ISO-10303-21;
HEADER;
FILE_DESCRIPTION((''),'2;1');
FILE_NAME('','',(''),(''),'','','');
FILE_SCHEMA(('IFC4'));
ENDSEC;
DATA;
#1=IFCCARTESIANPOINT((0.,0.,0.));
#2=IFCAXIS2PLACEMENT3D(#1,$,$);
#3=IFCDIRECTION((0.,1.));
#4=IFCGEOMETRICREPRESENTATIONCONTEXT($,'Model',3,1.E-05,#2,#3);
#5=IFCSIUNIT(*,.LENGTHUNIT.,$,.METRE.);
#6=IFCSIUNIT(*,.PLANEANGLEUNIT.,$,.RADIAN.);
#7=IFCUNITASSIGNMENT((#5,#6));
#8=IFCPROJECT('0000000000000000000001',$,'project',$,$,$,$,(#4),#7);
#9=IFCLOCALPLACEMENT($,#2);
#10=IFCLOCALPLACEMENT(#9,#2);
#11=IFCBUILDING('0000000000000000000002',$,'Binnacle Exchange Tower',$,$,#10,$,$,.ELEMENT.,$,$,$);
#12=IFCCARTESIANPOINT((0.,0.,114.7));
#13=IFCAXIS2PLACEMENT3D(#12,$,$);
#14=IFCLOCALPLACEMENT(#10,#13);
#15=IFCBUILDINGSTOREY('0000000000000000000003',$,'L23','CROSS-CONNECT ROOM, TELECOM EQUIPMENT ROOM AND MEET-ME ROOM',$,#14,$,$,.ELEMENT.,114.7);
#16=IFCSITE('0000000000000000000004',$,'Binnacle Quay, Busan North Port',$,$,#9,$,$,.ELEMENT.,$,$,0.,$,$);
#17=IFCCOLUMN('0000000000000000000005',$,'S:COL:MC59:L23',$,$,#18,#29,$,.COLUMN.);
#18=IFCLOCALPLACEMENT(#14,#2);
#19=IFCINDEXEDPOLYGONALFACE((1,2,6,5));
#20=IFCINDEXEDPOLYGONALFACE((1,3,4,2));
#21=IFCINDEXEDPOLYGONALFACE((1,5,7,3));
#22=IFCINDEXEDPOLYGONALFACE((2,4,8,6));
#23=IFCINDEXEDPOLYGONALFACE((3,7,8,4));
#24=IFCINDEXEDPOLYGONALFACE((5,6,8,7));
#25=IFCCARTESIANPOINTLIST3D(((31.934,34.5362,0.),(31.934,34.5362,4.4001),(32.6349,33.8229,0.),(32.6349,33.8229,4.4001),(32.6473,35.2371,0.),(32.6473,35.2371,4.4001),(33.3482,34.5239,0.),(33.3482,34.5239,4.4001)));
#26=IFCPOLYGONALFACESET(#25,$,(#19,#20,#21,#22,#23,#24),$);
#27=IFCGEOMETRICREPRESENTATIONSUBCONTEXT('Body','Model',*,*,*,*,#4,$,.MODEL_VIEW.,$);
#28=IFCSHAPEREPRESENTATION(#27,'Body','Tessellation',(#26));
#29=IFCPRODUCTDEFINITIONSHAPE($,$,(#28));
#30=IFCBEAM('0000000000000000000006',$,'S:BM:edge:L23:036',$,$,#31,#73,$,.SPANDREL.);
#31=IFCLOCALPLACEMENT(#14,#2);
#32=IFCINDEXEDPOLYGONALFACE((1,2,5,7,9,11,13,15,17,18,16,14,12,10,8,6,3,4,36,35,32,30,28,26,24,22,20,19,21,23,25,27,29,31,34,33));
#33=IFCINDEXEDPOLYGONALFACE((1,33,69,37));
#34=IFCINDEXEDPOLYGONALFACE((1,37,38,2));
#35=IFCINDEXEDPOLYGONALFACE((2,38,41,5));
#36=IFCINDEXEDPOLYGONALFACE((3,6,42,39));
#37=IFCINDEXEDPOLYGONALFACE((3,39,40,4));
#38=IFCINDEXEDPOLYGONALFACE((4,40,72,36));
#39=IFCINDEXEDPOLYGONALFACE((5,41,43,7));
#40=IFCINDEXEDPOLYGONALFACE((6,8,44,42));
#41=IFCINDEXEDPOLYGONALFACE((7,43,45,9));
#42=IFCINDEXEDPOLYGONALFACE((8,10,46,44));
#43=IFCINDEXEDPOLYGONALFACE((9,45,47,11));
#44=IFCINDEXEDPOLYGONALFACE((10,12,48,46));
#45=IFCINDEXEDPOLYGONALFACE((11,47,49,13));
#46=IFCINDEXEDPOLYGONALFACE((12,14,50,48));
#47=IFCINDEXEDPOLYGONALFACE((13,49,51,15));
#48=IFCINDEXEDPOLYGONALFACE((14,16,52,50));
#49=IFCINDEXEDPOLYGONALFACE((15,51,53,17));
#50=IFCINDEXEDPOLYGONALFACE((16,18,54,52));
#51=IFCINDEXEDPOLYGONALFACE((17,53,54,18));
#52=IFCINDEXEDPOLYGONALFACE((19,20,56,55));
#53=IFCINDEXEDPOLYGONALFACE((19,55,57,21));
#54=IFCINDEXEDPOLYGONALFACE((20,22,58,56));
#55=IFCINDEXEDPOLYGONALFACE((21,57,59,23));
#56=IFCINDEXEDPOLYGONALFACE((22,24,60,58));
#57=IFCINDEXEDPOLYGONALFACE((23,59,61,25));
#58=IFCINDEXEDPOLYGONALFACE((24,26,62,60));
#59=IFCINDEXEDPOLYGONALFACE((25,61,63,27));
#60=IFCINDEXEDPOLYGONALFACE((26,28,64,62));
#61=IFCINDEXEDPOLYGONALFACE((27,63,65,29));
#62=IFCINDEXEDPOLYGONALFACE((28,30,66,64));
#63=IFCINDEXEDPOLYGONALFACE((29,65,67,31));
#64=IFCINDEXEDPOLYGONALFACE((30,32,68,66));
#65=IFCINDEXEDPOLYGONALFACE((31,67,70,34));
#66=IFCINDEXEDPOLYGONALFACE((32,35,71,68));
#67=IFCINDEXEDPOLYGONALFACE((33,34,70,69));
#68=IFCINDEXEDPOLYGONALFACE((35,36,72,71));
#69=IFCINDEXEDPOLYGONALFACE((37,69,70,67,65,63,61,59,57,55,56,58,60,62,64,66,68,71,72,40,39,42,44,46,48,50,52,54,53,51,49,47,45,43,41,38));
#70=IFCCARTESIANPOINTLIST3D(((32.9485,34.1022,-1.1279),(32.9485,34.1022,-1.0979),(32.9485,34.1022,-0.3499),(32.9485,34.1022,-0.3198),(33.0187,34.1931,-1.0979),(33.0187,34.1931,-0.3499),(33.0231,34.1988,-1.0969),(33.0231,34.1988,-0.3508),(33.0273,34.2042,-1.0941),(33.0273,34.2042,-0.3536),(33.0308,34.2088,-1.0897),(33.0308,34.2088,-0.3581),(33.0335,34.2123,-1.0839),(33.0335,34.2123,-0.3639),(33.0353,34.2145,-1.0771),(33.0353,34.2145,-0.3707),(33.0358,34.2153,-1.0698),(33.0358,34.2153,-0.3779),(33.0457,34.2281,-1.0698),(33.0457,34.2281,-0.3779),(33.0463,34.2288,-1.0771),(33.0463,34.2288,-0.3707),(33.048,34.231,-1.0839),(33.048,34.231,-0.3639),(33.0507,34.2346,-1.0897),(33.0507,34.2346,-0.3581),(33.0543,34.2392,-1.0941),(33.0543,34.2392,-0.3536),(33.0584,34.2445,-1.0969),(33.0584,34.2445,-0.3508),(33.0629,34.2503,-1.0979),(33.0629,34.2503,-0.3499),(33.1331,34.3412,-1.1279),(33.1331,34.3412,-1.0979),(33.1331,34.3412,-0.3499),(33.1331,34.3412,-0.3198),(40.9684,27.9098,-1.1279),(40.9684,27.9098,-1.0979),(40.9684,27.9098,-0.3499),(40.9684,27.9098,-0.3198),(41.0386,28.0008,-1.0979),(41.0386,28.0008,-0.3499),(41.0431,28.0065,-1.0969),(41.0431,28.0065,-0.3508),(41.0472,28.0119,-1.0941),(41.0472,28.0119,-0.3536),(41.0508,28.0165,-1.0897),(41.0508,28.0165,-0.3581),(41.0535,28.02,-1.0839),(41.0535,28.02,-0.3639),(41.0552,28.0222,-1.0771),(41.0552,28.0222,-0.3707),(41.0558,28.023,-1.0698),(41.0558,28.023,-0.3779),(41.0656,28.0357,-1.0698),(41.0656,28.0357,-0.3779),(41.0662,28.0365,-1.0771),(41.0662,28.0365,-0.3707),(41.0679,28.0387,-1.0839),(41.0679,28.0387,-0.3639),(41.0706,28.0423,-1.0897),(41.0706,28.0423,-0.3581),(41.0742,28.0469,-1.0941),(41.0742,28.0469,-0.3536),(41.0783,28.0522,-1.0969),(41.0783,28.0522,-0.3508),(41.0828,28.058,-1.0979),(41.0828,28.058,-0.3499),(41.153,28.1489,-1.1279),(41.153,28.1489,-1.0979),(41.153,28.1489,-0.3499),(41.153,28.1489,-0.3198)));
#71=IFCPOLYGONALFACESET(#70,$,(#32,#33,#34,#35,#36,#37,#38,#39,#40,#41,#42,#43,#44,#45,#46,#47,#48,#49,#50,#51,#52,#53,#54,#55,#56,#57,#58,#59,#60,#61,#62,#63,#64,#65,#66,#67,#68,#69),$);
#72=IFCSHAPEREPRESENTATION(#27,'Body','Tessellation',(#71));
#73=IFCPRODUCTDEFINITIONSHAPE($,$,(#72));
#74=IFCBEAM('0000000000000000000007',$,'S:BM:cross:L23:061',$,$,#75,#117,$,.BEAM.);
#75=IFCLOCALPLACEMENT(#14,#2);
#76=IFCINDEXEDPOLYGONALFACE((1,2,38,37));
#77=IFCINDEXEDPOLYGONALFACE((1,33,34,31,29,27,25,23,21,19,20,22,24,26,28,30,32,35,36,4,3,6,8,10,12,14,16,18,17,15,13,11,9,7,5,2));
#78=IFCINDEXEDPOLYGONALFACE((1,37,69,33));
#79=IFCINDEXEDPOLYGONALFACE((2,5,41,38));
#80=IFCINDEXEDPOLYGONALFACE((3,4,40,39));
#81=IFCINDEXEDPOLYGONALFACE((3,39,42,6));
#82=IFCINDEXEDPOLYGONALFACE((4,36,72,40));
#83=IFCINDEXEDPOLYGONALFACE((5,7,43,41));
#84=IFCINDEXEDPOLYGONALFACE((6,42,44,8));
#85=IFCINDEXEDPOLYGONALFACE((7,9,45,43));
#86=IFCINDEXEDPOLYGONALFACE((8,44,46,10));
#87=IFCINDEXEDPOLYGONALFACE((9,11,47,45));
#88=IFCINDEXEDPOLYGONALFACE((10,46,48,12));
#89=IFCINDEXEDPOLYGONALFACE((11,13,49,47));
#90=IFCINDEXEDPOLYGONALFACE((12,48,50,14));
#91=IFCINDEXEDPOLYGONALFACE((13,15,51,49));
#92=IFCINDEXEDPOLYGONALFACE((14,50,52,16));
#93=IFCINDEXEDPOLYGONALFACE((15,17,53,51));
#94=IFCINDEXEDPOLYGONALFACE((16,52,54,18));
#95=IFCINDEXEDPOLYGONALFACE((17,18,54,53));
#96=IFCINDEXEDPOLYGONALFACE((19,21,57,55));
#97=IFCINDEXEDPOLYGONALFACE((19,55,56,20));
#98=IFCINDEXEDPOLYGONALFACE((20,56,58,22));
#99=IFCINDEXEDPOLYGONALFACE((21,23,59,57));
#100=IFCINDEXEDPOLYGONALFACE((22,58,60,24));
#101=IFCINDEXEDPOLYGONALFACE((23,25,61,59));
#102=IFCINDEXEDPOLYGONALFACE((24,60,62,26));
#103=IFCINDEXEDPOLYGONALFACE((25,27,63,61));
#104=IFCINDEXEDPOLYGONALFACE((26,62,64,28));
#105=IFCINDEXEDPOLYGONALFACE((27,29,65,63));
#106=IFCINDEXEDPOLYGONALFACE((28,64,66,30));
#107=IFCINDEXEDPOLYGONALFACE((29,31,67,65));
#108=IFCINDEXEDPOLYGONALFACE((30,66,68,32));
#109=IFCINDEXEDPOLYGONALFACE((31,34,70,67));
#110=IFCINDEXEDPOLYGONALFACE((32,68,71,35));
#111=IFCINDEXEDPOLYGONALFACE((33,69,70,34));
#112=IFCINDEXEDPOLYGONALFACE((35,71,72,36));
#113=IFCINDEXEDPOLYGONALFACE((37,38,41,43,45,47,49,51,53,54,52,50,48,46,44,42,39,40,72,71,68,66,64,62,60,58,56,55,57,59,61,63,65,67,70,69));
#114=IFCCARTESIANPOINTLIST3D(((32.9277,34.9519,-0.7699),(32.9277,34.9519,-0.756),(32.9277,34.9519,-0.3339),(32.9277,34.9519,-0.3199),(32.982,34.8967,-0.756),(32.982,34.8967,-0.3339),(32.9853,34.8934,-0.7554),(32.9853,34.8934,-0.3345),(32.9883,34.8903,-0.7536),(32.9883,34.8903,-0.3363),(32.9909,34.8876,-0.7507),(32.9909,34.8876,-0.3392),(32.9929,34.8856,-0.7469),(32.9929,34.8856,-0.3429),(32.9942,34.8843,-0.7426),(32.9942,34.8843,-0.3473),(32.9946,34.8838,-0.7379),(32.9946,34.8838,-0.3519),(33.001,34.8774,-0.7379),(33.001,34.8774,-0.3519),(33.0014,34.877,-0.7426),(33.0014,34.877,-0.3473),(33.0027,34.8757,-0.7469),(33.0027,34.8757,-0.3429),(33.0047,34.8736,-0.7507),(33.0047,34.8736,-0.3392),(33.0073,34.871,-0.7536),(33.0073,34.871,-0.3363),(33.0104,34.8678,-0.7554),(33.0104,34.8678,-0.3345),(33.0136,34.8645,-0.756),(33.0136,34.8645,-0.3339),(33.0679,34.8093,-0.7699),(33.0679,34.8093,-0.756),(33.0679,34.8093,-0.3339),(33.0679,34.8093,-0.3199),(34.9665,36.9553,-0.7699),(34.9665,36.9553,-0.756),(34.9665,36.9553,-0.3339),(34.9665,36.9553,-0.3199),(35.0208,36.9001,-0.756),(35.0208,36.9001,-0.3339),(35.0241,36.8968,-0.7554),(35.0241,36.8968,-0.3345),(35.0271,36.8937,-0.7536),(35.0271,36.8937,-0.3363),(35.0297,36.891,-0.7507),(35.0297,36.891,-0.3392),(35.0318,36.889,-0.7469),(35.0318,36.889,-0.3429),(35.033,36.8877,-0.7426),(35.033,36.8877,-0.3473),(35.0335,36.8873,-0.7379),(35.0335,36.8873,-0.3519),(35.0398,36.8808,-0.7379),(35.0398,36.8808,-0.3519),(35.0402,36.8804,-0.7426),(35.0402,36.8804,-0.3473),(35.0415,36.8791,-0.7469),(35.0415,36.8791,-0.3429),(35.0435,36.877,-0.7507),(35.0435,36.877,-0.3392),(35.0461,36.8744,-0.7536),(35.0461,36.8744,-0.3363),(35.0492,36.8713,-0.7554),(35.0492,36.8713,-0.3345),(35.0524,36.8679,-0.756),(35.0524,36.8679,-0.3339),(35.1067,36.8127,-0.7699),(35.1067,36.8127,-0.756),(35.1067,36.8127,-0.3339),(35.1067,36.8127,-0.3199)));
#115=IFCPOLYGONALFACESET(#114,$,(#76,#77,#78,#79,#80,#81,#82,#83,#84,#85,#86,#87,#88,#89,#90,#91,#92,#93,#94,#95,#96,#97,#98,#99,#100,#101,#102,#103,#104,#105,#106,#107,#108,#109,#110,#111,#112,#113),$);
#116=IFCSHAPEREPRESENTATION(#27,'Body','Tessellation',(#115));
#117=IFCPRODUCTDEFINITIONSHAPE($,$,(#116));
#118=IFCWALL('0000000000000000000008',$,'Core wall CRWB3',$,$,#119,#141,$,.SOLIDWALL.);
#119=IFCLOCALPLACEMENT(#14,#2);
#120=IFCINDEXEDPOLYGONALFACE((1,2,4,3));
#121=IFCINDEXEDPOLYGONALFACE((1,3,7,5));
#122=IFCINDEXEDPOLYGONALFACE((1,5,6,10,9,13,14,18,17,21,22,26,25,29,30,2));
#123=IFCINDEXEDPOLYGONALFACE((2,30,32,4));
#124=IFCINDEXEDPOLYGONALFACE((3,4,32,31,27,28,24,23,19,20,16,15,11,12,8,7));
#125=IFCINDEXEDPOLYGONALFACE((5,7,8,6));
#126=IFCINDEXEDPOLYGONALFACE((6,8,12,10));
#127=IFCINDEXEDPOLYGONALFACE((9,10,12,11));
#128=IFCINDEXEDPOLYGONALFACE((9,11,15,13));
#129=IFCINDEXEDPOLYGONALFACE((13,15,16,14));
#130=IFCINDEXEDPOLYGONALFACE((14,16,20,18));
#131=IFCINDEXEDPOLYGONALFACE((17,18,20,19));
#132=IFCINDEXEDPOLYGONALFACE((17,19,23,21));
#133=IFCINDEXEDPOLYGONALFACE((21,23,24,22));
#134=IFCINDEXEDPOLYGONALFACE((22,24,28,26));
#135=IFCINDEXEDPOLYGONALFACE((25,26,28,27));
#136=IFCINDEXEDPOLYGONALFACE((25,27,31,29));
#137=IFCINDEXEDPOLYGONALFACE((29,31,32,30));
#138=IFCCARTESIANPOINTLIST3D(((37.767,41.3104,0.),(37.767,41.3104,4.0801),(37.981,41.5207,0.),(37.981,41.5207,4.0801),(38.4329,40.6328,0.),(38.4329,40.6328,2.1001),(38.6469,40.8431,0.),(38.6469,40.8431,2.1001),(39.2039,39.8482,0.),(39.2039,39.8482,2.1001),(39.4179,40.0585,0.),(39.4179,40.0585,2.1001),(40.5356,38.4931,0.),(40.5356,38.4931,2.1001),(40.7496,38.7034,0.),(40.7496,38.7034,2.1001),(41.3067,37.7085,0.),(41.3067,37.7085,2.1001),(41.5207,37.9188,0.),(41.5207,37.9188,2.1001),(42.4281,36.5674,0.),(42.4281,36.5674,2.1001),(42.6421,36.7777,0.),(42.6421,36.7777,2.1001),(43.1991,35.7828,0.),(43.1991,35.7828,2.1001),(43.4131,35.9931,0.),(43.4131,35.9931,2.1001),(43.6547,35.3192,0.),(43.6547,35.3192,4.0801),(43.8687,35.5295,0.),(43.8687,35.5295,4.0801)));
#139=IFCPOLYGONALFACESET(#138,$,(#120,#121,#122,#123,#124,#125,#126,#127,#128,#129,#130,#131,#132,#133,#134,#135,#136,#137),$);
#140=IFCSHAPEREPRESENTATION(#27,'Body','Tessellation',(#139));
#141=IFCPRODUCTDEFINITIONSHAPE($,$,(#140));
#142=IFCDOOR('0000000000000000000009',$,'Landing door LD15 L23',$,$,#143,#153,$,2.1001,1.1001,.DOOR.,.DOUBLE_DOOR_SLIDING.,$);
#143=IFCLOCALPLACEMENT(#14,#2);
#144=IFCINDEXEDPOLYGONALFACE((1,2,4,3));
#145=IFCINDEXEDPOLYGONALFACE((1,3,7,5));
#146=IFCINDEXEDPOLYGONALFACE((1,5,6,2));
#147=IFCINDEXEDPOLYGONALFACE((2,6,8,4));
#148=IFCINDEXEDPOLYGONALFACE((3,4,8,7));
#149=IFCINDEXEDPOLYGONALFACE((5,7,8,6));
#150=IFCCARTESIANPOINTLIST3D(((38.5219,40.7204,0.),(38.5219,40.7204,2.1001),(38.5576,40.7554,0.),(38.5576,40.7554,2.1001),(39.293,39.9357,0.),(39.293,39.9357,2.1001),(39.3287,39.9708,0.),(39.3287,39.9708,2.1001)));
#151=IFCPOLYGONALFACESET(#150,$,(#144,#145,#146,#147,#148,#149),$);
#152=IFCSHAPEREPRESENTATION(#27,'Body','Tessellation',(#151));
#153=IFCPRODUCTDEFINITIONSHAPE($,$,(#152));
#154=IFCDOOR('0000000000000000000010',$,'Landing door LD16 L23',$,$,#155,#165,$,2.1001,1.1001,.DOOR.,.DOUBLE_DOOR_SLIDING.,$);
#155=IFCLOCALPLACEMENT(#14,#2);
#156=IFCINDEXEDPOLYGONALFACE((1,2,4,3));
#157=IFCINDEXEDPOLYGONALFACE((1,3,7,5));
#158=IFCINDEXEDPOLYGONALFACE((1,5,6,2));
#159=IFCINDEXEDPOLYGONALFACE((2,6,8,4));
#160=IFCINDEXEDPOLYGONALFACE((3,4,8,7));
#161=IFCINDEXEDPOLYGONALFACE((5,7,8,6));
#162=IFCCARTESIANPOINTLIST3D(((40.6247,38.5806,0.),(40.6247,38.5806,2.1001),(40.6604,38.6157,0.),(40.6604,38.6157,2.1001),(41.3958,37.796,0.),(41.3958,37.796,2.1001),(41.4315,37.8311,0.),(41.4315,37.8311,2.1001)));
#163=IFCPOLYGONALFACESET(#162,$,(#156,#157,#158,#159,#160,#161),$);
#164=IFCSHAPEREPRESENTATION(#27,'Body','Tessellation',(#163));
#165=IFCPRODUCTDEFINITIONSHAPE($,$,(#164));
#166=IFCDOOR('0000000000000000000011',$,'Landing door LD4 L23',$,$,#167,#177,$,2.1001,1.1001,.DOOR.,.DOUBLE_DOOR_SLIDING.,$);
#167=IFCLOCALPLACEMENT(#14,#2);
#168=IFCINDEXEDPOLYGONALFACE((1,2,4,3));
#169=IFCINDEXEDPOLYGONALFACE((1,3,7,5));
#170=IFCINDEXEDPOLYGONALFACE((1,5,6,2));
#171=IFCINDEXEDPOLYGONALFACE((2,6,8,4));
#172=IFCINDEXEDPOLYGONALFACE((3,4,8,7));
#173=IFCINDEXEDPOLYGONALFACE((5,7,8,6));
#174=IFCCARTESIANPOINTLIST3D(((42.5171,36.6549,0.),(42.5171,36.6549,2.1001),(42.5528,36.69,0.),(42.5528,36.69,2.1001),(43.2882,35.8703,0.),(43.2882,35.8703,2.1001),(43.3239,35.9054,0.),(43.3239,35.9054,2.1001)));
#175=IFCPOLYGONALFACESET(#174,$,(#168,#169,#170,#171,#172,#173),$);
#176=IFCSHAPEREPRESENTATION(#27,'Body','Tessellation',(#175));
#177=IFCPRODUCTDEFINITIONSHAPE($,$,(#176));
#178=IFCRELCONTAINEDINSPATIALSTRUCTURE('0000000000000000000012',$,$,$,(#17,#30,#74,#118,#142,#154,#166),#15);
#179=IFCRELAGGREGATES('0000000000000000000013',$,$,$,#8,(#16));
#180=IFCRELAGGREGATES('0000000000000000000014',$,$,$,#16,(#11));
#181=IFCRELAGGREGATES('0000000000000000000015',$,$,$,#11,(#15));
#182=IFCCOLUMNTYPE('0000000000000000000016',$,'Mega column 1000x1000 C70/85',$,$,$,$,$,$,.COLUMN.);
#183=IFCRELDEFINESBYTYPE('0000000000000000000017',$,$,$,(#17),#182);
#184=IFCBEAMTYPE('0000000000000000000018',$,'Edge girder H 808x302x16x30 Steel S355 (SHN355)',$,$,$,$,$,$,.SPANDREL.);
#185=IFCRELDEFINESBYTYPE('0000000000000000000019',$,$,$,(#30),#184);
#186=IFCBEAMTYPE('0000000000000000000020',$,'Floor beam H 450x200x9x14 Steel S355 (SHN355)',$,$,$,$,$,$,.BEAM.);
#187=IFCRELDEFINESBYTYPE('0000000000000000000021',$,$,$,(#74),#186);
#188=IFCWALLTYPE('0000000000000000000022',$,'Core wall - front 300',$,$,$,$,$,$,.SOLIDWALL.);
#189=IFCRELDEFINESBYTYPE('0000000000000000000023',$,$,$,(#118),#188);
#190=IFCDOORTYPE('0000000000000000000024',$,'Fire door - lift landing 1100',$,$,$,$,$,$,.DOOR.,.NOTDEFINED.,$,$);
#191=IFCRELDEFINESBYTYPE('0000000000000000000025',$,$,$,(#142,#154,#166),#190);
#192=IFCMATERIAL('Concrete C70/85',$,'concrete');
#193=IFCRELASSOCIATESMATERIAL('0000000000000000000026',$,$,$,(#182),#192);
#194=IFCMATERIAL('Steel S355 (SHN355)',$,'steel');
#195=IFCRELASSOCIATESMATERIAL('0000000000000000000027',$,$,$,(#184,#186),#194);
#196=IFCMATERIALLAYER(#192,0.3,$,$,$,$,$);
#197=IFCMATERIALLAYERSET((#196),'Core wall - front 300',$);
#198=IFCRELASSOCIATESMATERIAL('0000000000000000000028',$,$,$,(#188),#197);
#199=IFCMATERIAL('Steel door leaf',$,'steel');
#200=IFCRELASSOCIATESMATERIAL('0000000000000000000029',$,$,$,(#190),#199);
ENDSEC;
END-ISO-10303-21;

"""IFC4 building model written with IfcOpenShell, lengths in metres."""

from ifc_helpers import new_model, si_unit, direction, frame, frame_2d, origin, origin_2d, place, context, subcontext, project, spatial, rectangle, i_section, extrude, material, layer, layer_set, material_profile, profile_set, type_object, element, fill, save


model = new_model("IFC4")

# Units and contexts
model_context = context("Model", 3, precision=1e-05, world=origin(), true_north=direction((0.0, 1.0)))
body_context = subcontext(model_context, "Body", "Model", "MODEL_VIEW")
ifc_project = project(units=[si_unit("LENGTHUNIT", "METRE"), si_unit("PLANEANGLEUNIT", "RADIAN")], contexts=[model_context])

# Site, building, storey
site_placement = place(None, origin())
site = spatial("IfcSite", under=ifc_project, at=site_placement, Name="Binnacle Quay, Busan North Port", CompositionType="ELEMENT", RefElevation=0.0)
building_placement = place(site_placement, origin())
building = spatial("IfcBuilding", under=site, at=building_placement, Name="Binnacle Exchange Tower", CompositionType="ELEMENT")
storey_placement = place(building_placement, frame((0.0, 0.0, 114.7)))
storey = spatial("IfcBuildingStorey", under=building, at=storey_placement, Name="L23", Description="CROSS-CONNECT ROOM, TELECOM EQUIPMENT ROOM AND MEET-ME ROOM", CompositionType="ELEMENT", Elevation=114.7)

# Column
ifc_material_1 = material(Name="Concrete C70/85", Category="concrete")
ifc_material_profile_1 = material_profile(ifc_material_1, rectangle(XDim=1.0, YDim=1.0, at=origin_2d()), Name="Mega column 1000x1000 C70/85")
ifc_profile_set_1 = profile_set([ifc_material_profile_1], Name="Concrete C70/85")
column_type = type_object("IfcColumnType", Name="Mega column 1000x1000 C70/85", PredefinedType="COLUMN", material=ifc_profile_set_1)
column_placement = place(storey_placement, frame((32.6411, 34.53, 0.0), z_axis=(0.0, 0.0, 1.0), x_axis=(0.700909, -0.71325, 0.0)))
element("IfcColumn", 1, at=column_placement, inside=storey, type_object=column_type, Name="S:COL:MC59:L23", PredefinedType="COLUMN", context=body_context, shape_type="SweptSolid", body=[
    extrude(rectangle(XDim=1.0, YDim=1.0, at=origin_2d()), origin(), (0.0, 0.0, 1.0), 4.4001),
])

# Beams
ifc_material_2 = material(Name="Steel S355 (SHN355)", Category="steel")
ifc_material_profile_2 = material_profile(ifc_material_2, i_section(OverallWidth=0.302, OverallDepth=0.8081, WebThickness=0.0161, FlangeThickness=0.03, FilletRadius=0.0281, at=origin_2d()), Name="H 808x302x16x30")
ifc_profile_set_2 = profile_set([ifc_material_profile_2], Name="Steel S355 (SHN355)")
beam_type_1 = type_object("IfcBeamType", Name="Edge girder H 808x302x16x30 Steel S355 (SHN355)", PredefinedType="SPANDREL", material=ifc_profile_set_2)
beam_1_placement = place(storey_placement, frame((33.0408, 34.2217, -0.7239), z_axis=(0.791519, -0.611144, 0.0), x_axis=(0.611144, 0.791519, 0.0)))
element("IfcBeam", 2, at=beam_1_placement, inside=storey, type_object=beam_type_1, Name="S:BM:edge:L23:036", PredefinedType="SPANDREL", context=body_context, shape_type="SweptSolid", body=[
    extrude(i_section(OverallWidth=0.302, OverallDepth=0.8081, WebThickness=0.0161, FlangeThickness=0.03, FilletRadius=0.0281, at=origin_2d()), origin(), (0.0, 0.0, 1.0), 10.1323),
])
ifc_material_profile_3 = material_profile(ifc_material_2, i_section(OverallWidth=0.2, OverallDepth=0.45, WebThickness=0.009, FlangeThickness=0.0139, FilletRadius=0.0181, at=origin_2d()), Name="H 450x200x9x14")
ifc_profile_set_3 = profile_set([ifc_material_profile_3], Name="Steel S355 (SHN355)")
beam_type_2 = type_object("IfcBeamType", Name="Floor beam H 450x200x9x14 Steel S355 (SHN355)", PredefinedType="BEAM", material=ifc_profile_set_3)
beam_2_placement = place(storey_placement, frame((32.9978, 34.8806, -0.5449), z_axis=(0.713272, 0.700887, 0.0), x_axis=(-0.700887, 0.713272, 0.0)))
element("IfcBeam", 3, at=beam_2_placement, inside=storey, type_object=beam_type_2, Name="S:BM:cross:L23:061", PredefinedType="BEAM", context=body_context, shape_type="SweptSolid", body=[
    extrude(i_section(OverallWidth=0.2, OverallDepth=0.45, WebThickness=0.009, FlangeThickness=0.0139, FilletRadius=0.0181, at=origin_2d()), origin(), (0.0, 0.0, 1.0), 2.8584),
])

# Wall, openings, doors
ifc_layer_1 = layer(ifc_material_1, 0.3)
ifc_layer_set_1 = layer_set([ifc_layer_1], Name="Core wall - front 300")
wall_type_1 = type_object("IfcWallType", Name="Core wall - front 300", PredefinedType="SOLIDWALL", material=ifc_layer_set_1)
wall_1_placement = place(storey_placement, frame((37.874, 41.4155, 0.0), z_axis=(0.0, 0.0, 1.0), x_axis=(0.700918, -0.713242, 0.0)))
wall_1 = element("IfcWall", 4, at=wall_1_placement, inside=storey, type_object=wall_type_1, Name="Core wall CRWB3", PredefinedType="SOLIDWALL", context=body_context, shape_type="SweptSolid", body=[
    extrude(rectangle(XDim=8.3999, YDim=0.3, at=frame_2d((4.2, 0.0))), origin(), (0.0, 0.0, 1.0), 4.0801),
])
opening_1_placement = place(wall_1_placement, frame((0.95, 0.0, 0.0)))
opening_1 = element("IfcOpeningElement", 5, at=opening_1_placement, cuts=wall_1, PredefinedType="OPENING", context=body_context, shape_type="SweptSolid", body=[
    extrude(rectangle(XDim=1.1001, YDim=2.1001, at=frame_2d((0.55, 1.05))), frame((0.0, 0.1599, 0.0), z_axis=(0.0, -1.0, 0.0), x_axis=(1.0, 0.0, 0.0)), (0.0, 0.0, 1.0), 0.3201),
])
opening_2_placement = place(wall_1_placement, frame((3.95, 0.0, 0.0)))
opening_2 = element("IfcOpeningElement", 6, at=opening_2_placement, cuts=wall_1, PredefinedType="OPENING", context=body_context, shape_type="SweptSolid", body=[
    extrude(rectangle(XDim=1.1001, YDim=2.1001, at=frame_2d((0.55, 1.05))), frame((0.0, 0.1599, 0.0), z_axis=(0.0, -1.0, 0.0), x_axis=(1.0, 0.0, 0.0)), (0.0, 0.0, 1.0), 0.3201),
])
opening_3_placement = place(wall_1_placement, frame((6.6499, 0.0, 0.0)))
opening_3 = element("IfcOpeningElement", 7, at=opening_3_placement, cuts=wall_1, PredefinedType="OPENING", context=body_context, shape_type="SweptSolid", body=[
    extrude(rectangle(XDim=1.1001, YDim=2.1001, at=frame_2d((0.55, 1.05))), frame((0.0, 0.1599, 0.0), z_axis=(0.0, -1.0, 0.0), x_axis=(1.0, 0.0, 0.0)), (0.0, 0.0, 1.0), 0.3201),
])
ifc_material_3 = material(Name="Steel door leaf", Category="steel")
door_type_1 = type_object("IfcDoorType", Name="Fire door - lift landing 1100", OperationType="NOTDEFINED", PredefinedType="DOOR", material=ifc_material_3)
door_1_placement = place(opening_1_placement, origin())
door_1 = element("IfcDoor", 8, at=door_1_placement, inside=storey, type_object=door_type_1, Name="Landing door LD15 L23", OperationType="DOUBLE_DOOR_SLIDING", OverallHeight=2.1001, OverallWidth=1.1001, PredefinedType="DOOR", context=body_context, shape_type="SweptSolid", body=[
    extrude(rectangle(XDim=1.1001, YDim=2.1001, at=frame_2d((0.55, 1.05))), frame((0.0, 0.0249, 0.0), z_axis=(0.0, -1.0, 0.0), x_axis=(1.0, 0.0, 0.0)), (0.0, 0.0, 1.0), 0.05),
])
fill(opening_1, door_1)
door_2_placement = place(opening_2_placement, origin())
door_2 = element("IfcDoor", 9, at=door_2_placement, inside=storey, type_object=door_type_1, Name="Landing door LD16 L23", OperationType="DOUBLE_DOOR_SLIDING", OverallHeight=2.1001, OverallWidth=1.1001, PredefinedType="DOOR", context=body_context, shape_type="SweptSolid", body=[
    extrude(rectangle(XDim=1.1001, YDim=2.1001, at=frame_2d((0.55, 1.05))), frame((0.0, 0.0249, 0.0), z_axis=(0.0, -1.0, 0.0), x_axis=(1.0, 0.0, 0.0)), (0.0, 0.0, 1.0), 0.05),
])
fill(opening_2, door_2)
door_3_placement = place(opening_3_placement, origin())
door_3 = element("IfcDoor", 10, at=door_3_placement, inside=storey, type_object=door_type_1, Name="Landing door LD4 L23", OperationType="DOUBLE_DOOR_SLIDING", OverallHeight=2.1001, OverallWidth=1.1001, PredefinedType="DOOR", context=body_context, shape_type="SweptSolid", body=[
    extrude(rectangle(XDim=1.1001, YDim=2.1001, at=frame_2d((0.55, 1.05))), frame((0.0, 0.0249, 0.0), z_axis=(0.0, -1.0, 0.0), x_axis=(1.0, 0.0, 0.0)), (0.0, 0.0, 1.0), 0.05),
])
fill(opening_3, door_3)

save(model, "model.ifc")
